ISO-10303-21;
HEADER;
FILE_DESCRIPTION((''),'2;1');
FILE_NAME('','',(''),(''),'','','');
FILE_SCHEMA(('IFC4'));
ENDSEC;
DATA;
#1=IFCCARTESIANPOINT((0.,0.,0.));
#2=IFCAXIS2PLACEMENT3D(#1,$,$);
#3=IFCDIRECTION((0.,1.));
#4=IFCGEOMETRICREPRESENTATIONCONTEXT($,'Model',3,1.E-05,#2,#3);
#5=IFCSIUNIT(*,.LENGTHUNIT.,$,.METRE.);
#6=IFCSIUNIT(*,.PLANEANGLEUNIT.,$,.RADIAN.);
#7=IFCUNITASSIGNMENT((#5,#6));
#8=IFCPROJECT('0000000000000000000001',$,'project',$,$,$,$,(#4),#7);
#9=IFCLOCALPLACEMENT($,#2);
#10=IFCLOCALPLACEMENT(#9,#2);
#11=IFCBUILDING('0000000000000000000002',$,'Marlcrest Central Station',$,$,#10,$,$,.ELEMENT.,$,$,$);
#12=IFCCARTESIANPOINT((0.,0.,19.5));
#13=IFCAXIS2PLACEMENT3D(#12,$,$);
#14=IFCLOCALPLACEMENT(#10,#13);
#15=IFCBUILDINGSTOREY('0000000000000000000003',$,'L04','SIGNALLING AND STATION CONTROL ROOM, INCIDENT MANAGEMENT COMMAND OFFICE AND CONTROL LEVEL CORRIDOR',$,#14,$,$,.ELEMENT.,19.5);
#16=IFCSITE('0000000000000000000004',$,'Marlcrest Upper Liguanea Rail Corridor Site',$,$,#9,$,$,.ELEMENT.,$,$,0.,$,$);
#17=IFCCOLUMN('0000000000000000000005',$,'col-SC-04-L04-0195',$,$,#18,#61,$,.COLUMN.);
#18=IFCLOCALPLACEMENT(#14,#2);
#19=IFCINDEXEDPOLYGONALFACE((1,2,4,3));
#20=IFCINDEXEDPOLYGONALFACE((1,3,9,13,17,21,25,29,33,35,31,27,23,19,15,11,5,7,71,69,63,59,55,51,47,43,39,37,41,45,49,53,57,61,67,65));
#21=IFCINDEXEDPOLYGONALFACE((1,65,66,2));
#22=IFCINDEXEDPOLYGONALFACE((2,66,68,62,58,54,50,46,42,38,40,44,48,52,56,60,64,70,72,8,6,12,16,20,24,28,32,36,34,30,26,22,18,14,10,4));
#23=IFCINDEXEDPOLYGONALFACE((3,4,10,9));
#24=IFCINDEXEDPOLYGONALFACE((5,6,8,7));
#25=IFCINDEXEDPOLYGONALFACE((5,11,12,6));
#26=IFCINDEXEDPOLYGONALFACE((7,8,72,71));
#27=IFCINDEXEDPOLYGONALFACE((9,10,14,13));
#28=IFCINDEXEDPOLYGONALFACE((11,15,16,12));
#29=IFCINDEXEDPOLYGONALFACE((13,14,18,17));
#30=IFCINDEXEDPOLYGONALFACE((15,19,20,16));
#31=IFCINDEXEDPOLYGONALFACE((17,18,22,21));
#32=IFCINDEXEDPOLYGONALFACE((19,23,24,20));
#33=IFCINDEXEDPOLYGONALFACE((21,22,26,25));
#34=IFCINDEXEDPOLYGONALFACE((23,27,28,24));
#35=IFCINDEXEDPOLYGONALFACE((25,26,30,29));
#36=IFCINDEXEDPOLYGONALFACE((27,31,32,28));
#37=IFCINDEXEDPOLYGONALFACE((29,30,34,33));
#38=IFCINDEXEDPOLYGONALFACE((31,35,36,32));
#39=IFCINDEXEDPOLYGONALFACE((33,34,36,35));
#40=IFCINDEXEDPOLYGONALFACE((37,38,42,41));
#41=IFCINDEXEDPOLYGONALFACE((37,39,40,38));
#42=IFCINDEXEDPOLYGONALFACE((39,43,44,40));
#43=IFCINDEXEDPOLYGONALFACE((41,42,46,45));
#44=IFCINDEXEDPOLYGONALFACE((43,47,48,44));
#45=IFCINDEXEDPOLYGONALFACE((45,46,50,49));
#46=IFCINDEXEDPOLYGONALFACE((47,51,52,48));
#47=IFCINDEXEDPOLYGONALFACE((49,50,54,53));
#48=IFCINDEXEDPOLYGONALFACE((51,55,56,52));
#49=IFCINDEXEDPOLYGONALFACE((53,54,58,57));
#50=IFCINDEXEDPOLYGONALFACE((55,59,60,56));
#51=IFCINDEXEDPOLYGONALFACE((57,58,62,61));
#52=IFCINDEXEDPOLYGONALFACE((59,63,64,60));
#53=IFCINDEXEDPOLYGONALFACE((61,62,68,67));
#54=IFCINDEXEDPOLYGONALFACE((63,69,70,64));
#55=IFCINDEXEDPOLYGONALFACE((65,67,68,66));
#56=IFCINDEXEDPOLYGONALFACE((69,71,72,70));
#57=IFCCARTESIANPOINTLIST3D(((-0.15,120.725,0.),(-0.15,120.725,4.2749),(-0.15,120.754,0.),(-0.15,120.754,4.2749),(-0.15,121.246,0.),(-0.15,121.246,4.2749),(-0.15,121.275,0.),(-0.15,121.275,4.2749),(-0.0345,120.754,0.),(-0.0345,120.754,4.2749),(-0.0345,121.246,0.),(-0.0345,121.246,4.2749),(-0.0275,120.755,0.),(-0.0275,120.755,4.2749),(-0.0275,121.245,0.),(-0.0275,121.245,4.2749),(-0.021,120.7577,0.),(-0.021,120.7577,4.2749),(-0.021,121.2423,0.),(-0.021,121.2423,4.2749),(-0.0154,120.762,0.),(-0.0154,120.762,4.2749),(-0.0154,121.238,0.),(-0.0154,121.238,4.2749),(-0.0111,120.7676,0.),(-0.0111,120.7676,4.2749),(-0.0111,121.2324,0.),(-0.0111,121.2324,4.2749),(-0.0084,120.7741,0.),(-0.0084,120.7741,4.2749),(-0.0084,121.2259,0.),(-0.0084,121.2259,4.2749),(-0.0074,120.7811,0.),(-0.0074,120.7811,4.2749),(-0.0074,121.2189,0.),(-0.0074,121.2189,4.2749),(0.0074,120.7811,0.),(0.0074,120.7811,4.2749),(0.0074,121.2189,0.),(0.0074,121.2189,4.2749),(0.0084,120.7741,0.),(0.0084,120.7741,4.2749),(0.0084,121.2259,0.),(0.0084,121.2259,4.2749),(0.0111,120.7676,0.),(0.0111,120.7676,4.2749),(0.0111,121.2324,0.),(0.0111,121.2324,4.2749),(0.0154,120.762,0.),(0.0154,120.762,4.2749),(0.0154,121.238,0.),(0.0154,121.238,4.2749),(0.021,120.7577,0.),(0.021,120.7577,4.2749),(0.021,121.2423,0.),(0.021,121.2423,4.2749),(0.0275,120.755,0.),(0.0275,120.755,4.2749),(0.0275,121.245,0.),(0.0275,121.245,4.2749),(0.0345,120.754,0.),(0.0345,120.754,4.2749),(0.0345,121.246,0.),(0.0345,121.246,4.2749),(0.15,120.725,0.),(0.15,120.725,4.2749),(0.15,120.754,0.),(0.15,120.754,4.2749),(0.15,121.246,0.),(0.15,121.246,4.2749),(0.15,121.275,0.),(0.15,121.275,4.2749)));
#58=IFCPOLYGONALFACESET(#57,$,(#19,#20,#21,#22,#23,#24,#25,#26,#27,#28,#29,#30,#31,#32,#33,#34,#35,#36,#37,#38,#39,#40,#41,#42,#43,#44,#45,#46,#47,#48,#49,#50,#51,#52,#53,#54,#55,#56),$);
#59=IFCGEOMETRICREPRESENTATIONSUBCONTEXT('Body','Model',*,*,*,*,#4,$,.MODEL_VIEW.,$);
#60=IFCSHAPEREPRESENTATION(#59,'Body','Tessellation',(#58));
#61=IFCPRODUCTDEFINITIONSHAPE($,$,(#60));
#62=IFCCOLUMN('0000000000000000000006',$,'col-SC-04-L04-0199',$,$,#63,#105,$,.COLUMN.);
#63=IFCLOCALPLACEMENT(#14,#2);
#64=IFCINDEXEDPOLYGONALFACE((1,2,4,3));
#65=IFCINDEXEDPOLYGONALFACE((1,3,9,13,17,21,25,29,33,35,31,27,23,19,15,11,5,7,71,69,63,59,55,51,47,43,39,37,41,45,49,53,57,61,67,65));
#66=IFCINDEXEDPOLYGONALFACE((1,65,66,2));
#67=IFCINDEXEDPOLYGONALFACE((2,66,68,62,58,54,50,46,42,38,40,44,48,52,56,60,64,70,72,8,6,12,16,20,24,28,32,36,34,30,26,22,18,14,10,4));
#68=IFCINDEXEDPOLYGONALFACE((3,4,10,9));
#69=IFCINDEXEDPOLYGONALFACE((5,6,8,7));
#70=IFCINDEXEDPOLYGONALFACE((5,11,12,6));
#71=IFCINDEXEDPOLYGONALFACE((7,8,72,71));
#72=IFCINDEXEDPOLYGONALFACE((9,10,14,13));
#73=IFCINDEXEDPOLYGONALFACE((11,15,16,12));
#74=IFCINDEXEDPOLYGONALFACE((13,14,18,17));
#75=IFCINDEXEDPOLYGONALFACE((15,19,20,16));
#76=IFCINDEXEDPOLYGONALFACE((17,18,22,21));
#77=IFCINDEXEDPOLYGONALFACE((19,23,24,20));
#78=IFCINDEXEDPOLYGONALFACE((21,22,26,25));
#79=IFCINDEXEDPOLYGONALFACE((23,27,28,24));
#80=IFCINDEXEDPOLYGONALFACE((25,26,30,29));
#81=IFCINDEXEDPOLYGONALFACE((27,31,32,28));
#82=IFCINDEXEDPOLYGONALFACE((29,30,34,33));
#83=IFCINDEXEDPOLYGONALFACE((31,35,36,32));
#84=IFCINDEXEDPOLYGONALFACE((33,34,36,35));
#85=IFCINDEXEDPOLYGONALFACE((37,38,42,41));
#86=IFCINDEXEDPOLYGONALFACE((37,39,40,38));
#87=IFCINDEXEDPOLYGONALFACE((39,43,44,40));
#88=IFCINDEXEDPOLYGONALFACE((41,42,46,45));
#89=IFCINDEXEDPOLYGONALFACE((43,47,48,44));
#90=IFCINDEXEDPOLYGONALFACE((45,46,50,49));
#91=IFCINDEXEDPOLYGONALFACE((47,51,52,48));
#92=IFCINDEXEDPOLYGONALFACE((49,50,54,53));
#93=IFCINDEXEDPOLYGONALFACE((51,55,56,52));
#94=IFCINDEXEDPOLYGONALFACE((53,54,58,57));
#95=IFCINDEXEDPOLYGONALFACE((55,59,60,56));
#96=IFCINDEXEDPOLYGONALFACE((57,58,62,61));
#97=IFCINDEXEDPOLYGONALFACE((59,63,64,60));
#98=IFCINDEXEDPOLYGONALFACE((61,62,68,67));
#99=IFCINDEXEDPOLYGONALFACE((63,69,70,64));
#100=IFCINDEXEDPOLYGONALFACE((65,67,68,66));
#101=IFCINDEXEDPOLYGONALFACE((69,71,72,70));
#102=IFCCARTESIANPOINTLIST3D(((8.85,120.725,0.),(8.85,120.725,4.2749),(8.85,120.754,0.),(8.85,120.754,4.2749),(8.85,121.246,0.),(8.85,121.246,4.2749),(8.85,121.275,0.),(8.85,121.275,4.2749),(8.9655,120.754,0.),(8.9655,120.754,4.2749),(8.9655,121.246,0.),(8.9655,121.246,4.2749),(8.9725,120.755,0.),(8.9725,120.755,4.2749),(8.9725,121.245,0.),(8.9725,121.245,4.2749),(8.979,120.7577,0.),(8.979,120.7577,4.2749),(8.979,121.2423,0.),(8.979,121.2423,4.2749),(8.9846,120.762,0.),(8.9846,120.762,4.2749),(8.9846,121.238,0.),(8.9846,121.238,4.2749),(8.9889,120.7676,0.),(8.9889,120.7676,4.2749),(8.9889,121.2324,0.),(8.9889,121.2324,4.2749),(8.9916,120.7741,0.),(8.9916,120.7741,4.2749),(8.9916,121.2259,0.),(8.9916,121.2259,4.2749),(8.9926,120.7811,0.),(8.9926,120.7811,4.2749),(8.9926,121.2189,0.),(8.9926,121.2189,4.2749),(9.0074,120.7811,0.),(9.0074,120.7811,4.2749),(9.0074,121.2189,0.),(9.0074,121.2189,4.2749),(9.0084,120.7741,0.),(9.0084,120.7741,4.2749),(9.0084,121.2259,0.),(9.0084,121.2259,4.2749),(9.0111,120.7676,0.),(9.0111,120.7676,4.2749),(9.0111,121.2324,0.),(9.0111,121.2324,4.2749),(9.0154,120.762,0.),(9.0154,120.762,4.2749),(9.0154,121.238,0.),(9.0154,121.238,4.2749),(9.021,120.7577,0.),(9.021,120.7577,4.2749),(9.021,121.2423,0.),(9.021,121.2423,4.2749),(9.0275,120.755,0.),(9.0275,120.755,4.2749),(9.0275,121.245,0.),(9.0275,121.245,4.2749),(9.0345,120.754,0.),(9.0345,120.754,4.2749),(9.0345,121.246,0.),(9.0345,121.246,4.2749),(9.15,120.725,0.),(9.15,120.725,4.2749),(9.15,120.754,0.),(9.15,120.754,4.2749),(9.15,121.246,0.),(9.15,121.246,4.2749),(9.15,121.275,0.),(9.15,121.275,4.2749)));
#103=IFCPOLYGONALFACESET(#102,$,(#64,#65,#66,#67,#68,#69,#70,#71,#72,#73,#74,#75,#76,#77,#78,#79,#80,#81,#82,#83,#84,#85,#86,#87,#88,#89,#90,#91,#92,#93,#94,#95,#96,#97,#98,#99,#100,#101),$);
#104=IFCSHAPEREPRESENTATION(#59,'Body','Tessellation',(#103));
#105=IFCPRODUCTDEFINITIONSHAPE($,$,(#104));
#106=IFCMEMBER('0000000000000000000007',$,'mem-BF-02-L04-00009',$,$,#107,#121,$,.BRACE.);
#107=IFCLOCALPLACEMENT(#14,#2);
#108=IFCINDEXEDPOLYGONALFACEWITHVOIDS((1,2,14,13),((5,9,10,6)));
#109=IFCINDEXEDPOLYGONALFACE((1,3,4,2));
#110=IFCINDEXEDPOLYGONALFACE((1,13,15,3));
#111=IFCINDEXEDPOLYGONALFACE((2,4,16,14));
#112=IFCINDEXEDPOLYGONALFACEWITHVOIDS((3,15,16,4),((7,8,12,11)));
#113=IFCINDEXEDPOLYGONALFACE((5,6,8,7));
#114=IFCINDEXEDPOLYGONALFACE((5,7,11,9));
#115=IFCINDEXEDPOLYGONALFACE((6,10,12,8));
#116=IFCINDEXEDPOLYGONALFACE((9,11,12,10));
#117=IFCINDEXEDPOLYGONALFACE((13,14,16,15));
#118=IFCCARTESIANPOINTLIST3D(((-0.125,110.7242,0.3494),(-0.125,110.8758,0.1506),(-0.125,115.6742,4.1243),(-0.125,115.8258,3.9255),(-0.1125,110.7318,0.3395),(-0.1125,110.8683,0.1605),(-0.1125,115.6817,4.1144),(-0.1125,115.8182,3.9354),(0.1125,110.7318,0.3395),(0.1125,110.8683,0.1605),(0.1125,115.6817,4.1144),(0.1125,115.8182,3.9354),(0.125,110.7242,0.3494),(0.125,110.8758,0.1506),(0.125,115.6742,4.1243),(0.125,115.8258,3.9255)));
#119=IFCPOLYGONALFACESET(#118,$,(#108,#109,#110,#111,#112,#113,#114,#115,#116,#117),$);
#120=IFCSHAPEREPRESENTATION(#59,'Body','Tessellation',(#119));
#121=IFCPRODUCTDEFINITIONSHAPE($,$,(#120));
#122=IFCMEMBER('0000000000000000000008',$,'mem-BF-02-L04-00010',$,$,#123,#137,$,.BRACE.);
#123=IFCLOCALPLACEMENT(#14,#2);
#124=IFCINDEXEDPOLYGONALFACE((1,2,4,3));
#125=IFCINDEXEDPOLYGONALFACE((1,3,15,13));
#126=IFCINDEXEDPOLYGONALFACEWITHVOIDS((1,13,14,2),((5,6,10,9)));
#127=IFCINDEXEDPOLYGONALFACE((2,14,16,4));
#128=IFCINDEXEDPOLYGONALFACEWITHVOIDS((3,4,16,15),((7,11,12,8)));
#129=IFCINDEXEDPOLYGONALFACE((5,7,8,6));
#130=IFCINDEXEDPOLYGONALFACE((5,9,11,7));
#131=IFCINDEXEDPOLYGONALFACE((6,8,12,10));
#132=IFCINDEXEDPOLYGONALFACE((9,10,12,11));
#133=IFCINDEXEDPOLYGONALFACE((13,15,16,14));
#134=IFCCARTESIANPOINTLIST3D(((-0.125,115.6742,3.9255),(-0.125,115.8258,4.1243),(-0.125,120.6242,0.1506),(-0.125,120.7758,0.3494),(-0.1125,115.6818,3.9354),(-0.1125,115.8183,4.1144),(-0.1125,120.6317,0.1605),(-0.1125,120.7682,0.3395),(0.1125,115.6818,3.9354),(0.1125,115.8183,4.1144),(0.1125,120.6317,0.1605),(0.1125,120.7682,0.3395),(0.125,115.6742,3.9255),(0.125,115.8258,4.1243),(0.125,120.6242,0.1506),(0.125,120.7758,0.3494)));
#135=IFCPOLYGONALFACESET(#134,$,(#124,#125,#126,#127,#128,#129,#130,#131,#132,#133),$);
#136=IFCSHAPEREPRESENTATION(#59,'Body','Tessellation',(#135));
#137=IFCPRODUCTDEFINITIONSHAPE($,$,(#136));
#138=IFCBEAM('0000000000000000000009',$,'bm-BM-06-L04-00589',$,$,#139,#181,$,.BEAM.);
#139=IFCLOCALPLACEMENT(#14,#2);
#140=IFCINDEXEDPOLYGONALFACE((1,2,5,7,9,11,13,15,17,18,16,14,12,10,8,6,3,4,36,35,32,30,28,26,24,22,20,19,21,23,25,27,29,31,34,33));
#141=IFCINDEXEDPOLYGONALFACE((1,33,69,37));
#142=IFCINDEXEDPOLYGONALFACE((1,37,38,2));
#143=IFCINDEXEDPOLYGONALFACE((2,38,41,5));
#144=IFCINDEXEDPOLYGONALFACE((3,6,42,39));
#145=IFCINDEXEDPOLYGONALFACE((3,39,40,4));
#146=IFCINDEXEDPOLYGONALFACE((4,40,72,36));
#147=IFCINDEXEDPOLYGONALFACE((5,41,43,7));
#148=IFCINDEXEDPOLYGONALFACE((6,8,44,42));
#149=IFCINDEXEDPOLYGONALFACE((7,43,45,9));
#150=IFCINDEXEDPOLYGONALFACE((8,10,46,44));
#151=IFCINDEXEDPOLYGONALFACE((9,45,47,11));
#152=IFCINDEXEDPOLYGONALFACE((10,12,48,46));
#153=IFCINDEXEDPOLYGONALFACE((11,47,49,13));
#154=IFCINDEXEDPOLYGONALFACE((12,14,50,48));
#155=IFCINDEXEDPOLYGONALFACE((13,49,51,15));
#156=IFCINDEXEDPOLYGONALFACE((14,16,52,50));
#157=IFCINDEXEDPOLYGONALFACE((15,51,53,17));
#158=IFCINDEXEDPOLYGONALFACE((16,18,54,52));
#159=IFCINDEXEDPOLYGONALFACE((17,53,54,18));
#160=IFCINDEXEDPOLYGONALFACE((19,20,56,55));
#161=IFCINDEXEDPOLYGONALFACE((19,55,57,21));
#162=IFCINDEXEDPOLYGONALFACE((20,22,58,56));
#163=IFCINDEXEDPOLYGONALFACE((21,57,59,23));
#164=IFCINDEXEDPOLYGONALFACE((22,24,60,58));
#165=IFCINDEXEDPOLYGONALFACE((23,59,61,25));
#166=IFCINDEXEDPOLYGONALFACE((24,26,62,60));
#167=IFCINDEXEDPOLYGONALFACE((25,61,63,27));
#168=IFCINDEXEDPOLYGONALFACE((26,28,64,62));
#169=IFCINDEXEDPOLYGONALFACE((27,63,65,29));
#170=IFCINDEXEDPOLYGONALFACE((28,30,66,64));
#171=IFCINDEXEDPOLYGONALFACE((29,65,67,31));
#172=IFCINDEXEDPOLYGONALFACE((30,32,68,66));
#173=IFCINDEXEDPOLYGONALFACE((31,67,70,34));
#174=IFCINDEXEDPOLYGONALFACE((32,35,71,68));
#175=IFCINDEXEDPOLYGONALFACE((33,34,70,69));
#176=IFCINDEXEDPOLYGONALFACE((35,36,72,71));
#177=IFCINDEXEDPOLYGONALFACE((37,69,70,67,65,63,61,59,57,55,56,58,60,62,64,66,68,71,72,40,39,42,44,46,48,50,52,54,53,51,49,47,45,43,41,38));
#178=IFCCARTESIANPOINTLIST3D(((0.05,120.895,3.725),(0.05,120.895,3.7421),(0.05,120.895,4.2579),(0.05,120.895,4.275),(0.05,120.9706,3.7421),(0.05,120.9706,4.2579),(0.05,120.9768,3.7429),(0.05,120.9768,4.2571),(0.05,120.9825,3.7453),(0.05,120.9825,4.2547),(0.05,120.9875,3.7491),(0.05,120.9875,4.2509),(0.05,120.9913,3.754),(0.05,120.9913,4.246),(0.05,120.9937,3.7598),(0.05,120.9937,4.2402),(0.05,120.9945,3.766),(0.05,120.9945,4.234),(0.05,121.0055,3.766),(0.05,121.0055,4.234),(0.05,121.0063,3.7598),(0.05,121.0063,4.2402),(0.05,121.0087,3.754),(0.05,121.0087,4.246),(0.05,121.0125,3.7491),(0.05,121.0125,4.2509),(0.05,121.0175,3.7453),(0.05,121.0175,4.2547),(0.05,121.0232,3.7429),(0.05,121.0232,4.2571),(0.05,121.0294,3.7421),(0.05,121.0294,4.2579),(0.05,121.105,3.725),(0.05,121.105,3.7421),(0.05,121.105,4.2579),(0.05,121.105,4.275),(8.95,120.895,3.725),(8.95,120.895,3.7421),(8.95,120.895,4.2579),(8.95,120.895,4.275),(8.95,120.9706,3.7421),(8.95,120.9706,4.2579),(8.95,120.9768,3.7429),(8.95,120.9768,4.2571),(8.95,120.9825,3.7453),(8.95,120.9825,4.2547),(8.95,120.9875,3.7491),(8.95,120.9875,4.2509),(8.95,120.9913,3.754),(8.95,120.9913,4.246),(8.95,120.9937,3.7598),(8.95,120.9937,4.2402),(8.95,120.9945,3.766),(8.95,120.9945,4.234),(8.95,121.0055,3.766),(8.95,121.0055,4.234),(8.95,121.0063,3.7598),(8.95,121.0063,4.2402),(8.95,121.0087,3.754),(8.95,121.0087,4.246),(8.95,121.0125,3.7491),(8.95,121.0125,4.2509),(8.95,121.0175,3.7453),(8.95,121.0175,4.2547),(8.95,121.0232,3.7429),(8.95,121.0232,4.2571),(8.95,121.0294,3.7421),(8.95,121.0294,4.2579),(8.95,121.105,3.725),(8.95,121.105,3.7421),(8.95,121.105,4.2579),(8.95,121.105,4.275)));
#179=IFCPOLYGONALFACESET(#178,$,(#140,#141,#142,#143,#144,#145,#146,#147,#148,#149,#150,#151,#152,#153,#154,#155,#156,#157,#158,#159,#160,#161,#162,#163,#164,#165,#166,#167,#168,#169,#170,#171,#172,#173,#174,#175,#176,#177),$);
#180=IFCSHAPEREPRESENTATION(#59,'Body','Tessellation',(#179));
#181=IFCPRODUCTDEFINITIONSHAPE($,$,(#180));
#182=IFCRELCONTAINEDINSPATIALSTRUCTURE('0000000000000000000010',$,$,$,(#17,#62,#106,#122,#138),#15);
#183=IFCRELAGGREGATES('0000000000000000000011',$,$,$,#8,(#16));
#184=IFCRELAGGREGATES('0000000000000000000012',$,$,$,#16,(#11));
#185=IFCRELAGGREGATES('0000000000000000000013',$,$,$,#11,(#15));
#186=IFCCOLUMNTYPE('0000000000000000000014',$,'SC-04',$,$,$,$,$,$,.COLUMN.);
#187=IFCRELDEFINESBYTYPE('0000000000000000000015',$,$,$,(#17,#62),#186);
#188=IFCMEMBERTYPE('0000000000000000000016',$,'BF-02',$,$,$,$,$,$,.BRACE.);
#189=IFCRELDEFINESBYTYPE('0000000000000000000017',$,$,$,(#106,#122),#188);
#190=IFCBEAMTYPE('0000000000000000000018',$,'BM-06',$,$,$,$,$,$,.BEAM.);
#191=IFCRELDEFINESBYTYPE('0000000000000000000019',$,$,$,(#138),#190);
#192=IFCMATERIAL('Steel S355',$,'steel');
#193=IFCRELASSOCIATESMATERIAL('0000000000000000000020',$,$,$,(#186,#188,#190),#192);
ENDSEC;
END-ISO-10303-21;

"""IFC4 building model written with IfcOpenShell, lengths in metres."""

from ifc_helpers import new_model, si_unit, direction, frame, origin, origin_2d, place, context, subcontext, project, spatial, hollow_rectangle, i_section, extrude, material, material_profile, profile_set, type_object, element, save


model = new_model("IFC4")

# Units and contexts
model_context = context("Model", 3, precision=1e-05, world=origin(), true_north=direction((0.0, 1.0)))
body_context = subcontext(model_context, "Body", "Model", "MODEL_VIEW")
ifc_project = project(units=[si_unit("LENGTHUNIT", "METRE"), si_unit("PLANEANGLEUNIT", "RADIAN")], contexts=[model_context])

# Site, building, storey
site_placement = place(None, origin())
site = spatial("IfcSite", under=ifc_project, at=site_placement, Name="Marlcrest Upper Liguanea Rail Corridor Site", CompositionType="ELEMENT", RefElevation=0.0)
building_placement = place(site_placement, origin())
building = spatial("IfcBuilding", under=site, at=building_placement, Name="Marlcrest Central Station", CompositionType="ELEMENT")
storey_placement = place(building_placement, frame((0.0, 0.0, 19.5)))
storey = spatial("IfcBuildingStorey", under=building, at=storey_placement, Name="L04", Description="SIGNALLING AND STATION CONTROL ROOM, INCIDENT MANAGEMENT COMMAND OFFICE AND CONTROL LEVEL CORRIDOR", CompositionType="ELEMENT", Elevation=19.5)

# Columns
ifc_material_1 = material(Name="Steel S355", Category="steel")
ifc_material_profile_1 = material_profile(ifc_material_1, i_section(OverallWidth=0.3, OverallDepth=0.55, WebThickness=0.0149, FlangeThickness=0.0291, FilletRadius=0.0271, at=origin_2d()), Name="HEB 550")
ifc_profile_set_1 = profile_set([ifc_material_profile_1], Name="Steel S355")
column_type = type_object("IfcColumnType", Name="SC-04", PredefinedType="COLUMN", material=ifc_profile_set_1)
for number, where, z_axis, x_axis, name in (
    (1, (0.0, 121.0, 0.0), (0.0, 0.0, 1.0), (1.0, 0.0, 0.0), "col-SC-04-L04-0195"),
    (2, (9.0, 121.0, 0.0), (0.0, 0.0, 1.0), (1.0, 0.0, 0.0), "col-SC-04-L04-0199"),
):
    element("IfcColumn", number, at=place(storey_placement, frame(where, z_axis=z_axis, x_axis=x_axis)), inside=storey, type_object=column_type, Name=name, PredefinedType="COLUMN", context=body_context, shape_type="SweptSolid", body=[
        extrude(i_section(OverallWidth=0.3, OverallDepth=0.55, WebThickness=0.0149, FlangeThickness=0.0291, FilletRadius=0.0271, at=origin_2d()), origin(), (0.0, 0.0, 1.0), 4.2749),
    ])

# Members
ifc_material_profile_2 = material_profile(ifc_material_1, hollow_rectangle(XDim=0.25, YDim=0.25, WallThickness=0.0125, at=origin_2d()), Name="SHS 250x250x12.5")
ifc_profile_set_2 = profile_set([ifc_material_profile_2], Name="Steel S355")
member_type = type_object("IfcMemberType", Name="BF-02", PredefinedType="BRACE", material=ifc_profile_set_2)
for number, where, z_axis, x_axis, name in (
    (3, (0.0, 110.8, 0.25), (0.0, 0.79516, 0.6064), (-1.0, 0.0, 0.0), "mem-BF-02-L04-00009"),
    (4, (0.0, 120.7, 0.25), (0.0, -0.79516, 0.6064), (1.0, 0.0, 0.0), "mem-BF-02-L04-00010"),
):
    element("IfcMember", number, at=place(storey_placement, frame(where, z_axis=z_axis, x_axis=x_axis)), inside=storey, type_object=member_type, Name=name, PredefinedType="BRACE", context=body_context, shape_type="SweptSolid", body=[
        extrude(hollow_rectangle(XDim=0.25, YDim=0.25, WallThickness=0.0125, at=origin_2d()), origin(), (0.0, 0.0, 1.0), 6.2251),
    ])

# Beam
ifc_material_profile_3 = material_profile(ifc_material_1, i_section(OverallWidth=0.21, OverallDepth=0.55, WebThickness=0.011, FlangeThickness=0.0171, FilletRadius=0.0239, at=origin_2d()), Name="IPE 550")
ifc_profile_set_3 = profile_set([ifc_material_profile_3], Name="Steel S355")
beam_type = type_object("IfcBeamType", Name="BM-06", PredefinedType="BEAM", material=ifc_profile_set_3)
for number, where, z_axis, x_axis, name in (
    (5, (0.05, 121.0, 4.0), (1.0, 0.0, 0.0), (0.0, 1.0, 0.0), "bm-BM-06-L04-00589"),
):
    element("IfcBeam", number, at=place(storey_placement, frame(where, z_axis=z_axis, x_axis=x_axis)), inside=storey, type_object=beam_type, Name=name, PredefinedType="BEAM", context=body_context, shape_type="SweptSolid", body=[
        extrude(i_section(OverallWidth=0.21, OverallDepth=0.55, WebThickness=0.011, FlangeThickness=0.0171, FilletRadius=0.0239, at=origin_2d()), origin(), (0.0, 0.0, 1.0), 8.8999),
    ])

save(model, "model.ifc")
